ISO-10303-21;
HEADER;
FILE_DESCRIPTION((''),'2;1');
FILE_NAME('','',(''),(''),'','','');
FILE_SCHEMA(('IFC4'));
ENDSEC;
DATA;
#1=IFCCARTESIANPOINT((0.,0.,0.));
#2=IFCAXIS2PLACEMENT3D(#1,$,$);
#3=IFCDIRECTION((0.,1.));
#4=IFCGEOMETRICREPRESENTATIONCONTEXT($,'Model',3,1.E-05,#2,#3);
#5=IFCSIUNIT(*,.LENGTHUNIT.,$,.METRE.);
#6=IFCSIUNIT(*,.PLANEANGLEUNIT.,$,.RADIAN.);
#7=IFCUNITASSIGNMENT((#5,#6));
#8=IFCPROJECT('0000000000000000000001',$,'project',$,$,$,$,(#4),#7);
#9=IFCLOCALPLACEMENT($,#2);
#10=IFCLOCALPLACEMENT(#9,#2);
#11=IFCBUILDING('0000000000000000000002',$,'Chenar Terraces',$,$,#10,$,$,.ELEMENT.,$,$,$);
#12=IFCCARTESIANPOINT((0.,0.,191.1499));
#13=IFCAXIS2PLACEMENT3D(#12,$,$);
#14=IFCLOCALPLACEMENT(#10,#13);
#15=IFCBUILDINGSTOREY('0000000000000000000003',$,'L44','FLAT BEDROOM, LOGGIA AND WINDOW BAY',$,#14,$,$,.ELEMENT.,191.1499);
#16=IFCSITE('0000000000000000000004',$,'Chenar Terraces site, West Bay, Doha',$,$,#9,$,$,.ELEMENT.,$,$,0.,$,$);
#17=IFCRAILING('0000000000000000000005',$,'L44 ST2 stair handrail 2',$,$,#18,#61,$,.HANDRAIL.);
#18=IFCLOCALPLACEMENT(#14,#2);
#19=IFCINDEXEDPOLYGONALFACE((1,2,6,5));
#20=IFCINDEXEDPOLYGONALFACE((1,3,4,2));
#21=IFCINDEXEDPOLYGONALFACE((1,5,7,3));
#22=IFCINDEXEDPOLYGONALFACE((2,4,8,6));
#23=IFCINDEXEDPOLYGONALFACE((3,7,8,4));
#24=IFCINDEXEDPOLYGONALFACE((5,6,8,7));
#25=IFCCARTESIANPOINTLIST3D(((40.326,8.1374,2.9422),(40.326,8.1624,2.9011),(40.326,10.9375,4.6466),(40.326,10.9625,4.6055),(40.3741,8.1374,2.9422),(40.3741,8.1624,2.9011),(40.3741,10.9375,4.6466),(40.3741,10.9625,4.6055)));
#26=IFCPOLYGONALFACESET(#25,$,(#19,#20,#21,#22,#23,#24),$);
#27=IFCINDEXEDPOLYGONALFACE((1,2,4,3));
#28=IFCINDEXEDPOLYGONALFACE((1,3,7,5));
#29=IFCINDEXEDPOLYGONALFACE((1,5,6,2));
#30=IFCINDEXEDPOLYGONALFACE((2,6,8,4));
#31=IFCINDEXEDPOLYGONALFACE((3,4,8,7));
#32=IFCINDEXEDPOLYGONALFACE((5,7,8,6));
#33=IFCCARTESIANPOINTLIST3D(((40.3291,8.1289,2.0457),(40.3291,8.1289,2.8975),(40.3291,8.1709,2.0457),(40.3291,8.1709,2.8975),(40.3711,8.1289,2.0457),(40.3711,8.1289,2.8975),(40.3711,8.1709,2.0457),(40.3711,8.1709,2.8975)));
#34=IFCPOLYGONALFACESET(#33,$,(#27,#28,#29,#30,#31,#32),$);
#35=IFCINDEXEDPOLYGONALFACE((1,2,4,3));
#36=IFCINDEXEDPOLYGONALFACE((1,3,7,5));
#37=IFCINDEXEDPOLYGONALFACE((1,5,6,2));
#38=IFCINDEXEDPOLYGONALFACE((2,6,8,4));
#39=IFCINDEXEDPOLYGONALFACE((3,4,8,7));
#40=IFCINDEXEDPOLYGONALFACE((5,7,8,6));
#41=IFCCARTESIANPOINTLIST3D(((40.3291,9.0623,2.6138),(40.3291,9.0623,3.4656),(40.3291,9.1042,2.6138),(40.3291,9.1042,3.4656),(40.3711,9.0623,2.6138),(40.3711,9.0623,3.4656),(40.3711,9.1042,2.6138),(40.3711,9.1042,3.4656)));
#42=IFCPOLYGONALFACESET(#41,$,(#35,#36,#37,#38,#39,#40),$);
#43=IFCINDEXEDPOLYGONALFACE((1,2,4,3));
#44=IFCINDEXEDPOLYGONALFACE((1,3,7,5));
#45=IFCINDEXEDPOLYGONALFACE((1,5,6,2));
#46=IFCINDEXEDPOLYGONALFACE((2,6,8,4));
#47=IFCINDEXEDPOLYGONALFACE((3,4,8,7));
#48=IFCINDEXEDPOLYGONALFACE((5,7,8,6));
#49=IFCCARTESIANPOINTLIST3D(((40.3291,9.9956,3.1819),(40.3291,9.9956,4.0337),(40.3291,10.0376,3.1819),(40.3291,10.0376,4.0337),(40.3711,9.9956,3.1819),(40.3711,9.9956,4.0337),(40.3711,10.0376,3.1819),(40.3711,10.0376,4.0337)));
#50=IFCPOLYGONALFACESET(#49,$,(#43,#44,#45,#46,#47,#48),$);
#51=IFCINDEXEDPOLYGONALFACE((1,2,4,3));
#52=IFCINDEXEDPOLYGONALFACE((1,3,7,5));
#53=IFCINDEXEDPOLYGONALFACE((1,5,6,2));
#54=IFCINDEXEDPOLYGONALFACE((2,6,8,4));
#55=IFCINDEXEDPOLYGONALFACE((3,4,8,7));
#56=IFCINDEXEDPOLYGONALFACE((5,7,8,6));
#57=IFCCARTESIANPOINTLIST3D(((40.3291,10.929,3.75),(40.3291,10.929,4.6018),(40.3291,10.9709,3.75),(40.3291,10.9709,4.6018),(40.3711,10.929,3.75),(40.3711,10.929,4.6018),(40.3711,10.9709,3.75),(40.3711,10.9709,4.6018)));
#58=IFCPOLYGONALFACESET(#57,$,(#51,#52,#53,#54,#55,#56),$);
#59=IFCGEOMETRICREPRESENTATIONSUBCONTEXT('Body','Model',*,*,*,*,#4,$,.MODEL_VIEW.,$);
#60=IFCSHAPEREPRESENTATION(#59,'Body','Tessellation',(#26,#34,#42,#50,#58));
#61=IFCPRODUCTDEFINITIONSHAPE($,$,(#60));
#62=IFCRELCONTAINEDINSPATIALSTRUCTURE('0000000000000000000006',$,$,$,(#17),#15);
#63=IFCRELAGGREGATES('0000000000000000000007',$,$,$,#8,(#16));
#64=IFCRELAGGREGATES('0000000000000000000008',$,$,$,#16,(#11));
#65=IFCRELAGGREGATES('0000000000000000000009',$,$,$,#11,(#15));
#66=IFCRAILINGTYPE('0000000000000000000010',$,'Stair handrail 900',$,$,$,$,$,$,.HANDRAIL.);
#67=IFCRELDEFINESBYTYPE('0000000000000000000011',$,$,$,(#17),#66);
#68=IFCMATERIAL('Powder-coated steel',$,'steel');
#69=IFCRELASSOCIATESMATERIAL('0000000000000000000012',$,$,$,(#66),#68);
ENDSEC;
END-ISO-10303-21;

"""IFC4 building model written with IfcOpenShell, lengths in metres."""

from ifc_helpers import new_model, si_unit, direction, frame, origin, origin_2d, place, context, subcontext, project, spatial, rectangle, extrude, material, type_object, element, save


model = new_model("IFC4")

# Units and contexts
model_context = context("Model", 3, precision=1e-05, world=origin(), true_north=direction((0.0, 1.0)))
body_context = subcontext(model_context, "Body", "Model", "MODEL_VIEW")
ifc_project = project(units=[si_unit("LENGTHUNIT", "METRE"), si_unit("PLANEANGLEUNIT", "RADIAN")], contexts=[model_context])

# Site, building, storey
site_placement = place(None, origin())
site = spatial("IfcSite", under=ifc_project, at=site_placement, Name="Chenar Terraces site, West Bay, Doha", CompositionType="ELEMENT", RefElevation=0.0)
building_placement = place(site_placement, origin())
building = spatial("IfcBuilding", under=site, at=building_placement, Name="Chenar Terraces", CompositionType="ELEMENT")
storey_placement = place(building_placement, frame((0.0, 0.0, 191.1499)))
storey = spatial("IfcBuildingStorey", under=building, at=storey_placement, Name="L44", Description="FLAT BEDROOM, LOGGIA AND WINDOW BAY", CompositionType="ELEMENT", Elevation=191.1499)

# Railing
ifc_material_1 = material(Name="Powder-coated steel", Category="steel")
railing_type_1 = type_object("IfcRailingType", Name="Stair handrail 900", PredefinedType="HANDRAIL", material=ifc_material_1)
railing_1_placement = place(storey_placement, frame((40.3501, 8.1499, 2.0457)))
element("IfcRailing", 1, at=railing_1_placement, inside=storey, type_object=railing_type_1, Name="L44 ST2 stair handrail 2", PredefinedType="HANDRAIL", context=body_context, shape_type="SweptSolid", body=[
    extrude(rectangle(XDim=0.0481, YDim=0.0481, at=origin_2d()), frame((0.0, 0.0, 0.876), z_axis=(0.0, 0.854203, 0.51994), x_axis=(-1.0, 0.0, 0.0)), (0.0, 0.0, 1.0), 3.2781),
    extrude(rectangle(XDim=0.042, YDim=0.042, at=origin_2d()), origin(), (0.0, 0.0, 1.0), 0.8518),
    extrude(rectangle(XDim=0.042, YDim=0.042, at=origin_2d()), frame((0.0, 0.9333, 0.5681)), (0.0, 0.0, 1.0), 0.8518),
    extrude(rectangle(XDim=0.042, YDim=0.042, at=origin_2d()), frame((0.0, 1.8667, 1.1362)), (0.0, 0.0, 1.0), 0.8518),
    extrude(rectangle(XDim=0.042, YDim=0.042, at=origin_2d()), frame((0.0, 2.8, 1.7043)), (0.0, 0.0, 1.0), 0.8518),
])

save(model, "model.ifc")
